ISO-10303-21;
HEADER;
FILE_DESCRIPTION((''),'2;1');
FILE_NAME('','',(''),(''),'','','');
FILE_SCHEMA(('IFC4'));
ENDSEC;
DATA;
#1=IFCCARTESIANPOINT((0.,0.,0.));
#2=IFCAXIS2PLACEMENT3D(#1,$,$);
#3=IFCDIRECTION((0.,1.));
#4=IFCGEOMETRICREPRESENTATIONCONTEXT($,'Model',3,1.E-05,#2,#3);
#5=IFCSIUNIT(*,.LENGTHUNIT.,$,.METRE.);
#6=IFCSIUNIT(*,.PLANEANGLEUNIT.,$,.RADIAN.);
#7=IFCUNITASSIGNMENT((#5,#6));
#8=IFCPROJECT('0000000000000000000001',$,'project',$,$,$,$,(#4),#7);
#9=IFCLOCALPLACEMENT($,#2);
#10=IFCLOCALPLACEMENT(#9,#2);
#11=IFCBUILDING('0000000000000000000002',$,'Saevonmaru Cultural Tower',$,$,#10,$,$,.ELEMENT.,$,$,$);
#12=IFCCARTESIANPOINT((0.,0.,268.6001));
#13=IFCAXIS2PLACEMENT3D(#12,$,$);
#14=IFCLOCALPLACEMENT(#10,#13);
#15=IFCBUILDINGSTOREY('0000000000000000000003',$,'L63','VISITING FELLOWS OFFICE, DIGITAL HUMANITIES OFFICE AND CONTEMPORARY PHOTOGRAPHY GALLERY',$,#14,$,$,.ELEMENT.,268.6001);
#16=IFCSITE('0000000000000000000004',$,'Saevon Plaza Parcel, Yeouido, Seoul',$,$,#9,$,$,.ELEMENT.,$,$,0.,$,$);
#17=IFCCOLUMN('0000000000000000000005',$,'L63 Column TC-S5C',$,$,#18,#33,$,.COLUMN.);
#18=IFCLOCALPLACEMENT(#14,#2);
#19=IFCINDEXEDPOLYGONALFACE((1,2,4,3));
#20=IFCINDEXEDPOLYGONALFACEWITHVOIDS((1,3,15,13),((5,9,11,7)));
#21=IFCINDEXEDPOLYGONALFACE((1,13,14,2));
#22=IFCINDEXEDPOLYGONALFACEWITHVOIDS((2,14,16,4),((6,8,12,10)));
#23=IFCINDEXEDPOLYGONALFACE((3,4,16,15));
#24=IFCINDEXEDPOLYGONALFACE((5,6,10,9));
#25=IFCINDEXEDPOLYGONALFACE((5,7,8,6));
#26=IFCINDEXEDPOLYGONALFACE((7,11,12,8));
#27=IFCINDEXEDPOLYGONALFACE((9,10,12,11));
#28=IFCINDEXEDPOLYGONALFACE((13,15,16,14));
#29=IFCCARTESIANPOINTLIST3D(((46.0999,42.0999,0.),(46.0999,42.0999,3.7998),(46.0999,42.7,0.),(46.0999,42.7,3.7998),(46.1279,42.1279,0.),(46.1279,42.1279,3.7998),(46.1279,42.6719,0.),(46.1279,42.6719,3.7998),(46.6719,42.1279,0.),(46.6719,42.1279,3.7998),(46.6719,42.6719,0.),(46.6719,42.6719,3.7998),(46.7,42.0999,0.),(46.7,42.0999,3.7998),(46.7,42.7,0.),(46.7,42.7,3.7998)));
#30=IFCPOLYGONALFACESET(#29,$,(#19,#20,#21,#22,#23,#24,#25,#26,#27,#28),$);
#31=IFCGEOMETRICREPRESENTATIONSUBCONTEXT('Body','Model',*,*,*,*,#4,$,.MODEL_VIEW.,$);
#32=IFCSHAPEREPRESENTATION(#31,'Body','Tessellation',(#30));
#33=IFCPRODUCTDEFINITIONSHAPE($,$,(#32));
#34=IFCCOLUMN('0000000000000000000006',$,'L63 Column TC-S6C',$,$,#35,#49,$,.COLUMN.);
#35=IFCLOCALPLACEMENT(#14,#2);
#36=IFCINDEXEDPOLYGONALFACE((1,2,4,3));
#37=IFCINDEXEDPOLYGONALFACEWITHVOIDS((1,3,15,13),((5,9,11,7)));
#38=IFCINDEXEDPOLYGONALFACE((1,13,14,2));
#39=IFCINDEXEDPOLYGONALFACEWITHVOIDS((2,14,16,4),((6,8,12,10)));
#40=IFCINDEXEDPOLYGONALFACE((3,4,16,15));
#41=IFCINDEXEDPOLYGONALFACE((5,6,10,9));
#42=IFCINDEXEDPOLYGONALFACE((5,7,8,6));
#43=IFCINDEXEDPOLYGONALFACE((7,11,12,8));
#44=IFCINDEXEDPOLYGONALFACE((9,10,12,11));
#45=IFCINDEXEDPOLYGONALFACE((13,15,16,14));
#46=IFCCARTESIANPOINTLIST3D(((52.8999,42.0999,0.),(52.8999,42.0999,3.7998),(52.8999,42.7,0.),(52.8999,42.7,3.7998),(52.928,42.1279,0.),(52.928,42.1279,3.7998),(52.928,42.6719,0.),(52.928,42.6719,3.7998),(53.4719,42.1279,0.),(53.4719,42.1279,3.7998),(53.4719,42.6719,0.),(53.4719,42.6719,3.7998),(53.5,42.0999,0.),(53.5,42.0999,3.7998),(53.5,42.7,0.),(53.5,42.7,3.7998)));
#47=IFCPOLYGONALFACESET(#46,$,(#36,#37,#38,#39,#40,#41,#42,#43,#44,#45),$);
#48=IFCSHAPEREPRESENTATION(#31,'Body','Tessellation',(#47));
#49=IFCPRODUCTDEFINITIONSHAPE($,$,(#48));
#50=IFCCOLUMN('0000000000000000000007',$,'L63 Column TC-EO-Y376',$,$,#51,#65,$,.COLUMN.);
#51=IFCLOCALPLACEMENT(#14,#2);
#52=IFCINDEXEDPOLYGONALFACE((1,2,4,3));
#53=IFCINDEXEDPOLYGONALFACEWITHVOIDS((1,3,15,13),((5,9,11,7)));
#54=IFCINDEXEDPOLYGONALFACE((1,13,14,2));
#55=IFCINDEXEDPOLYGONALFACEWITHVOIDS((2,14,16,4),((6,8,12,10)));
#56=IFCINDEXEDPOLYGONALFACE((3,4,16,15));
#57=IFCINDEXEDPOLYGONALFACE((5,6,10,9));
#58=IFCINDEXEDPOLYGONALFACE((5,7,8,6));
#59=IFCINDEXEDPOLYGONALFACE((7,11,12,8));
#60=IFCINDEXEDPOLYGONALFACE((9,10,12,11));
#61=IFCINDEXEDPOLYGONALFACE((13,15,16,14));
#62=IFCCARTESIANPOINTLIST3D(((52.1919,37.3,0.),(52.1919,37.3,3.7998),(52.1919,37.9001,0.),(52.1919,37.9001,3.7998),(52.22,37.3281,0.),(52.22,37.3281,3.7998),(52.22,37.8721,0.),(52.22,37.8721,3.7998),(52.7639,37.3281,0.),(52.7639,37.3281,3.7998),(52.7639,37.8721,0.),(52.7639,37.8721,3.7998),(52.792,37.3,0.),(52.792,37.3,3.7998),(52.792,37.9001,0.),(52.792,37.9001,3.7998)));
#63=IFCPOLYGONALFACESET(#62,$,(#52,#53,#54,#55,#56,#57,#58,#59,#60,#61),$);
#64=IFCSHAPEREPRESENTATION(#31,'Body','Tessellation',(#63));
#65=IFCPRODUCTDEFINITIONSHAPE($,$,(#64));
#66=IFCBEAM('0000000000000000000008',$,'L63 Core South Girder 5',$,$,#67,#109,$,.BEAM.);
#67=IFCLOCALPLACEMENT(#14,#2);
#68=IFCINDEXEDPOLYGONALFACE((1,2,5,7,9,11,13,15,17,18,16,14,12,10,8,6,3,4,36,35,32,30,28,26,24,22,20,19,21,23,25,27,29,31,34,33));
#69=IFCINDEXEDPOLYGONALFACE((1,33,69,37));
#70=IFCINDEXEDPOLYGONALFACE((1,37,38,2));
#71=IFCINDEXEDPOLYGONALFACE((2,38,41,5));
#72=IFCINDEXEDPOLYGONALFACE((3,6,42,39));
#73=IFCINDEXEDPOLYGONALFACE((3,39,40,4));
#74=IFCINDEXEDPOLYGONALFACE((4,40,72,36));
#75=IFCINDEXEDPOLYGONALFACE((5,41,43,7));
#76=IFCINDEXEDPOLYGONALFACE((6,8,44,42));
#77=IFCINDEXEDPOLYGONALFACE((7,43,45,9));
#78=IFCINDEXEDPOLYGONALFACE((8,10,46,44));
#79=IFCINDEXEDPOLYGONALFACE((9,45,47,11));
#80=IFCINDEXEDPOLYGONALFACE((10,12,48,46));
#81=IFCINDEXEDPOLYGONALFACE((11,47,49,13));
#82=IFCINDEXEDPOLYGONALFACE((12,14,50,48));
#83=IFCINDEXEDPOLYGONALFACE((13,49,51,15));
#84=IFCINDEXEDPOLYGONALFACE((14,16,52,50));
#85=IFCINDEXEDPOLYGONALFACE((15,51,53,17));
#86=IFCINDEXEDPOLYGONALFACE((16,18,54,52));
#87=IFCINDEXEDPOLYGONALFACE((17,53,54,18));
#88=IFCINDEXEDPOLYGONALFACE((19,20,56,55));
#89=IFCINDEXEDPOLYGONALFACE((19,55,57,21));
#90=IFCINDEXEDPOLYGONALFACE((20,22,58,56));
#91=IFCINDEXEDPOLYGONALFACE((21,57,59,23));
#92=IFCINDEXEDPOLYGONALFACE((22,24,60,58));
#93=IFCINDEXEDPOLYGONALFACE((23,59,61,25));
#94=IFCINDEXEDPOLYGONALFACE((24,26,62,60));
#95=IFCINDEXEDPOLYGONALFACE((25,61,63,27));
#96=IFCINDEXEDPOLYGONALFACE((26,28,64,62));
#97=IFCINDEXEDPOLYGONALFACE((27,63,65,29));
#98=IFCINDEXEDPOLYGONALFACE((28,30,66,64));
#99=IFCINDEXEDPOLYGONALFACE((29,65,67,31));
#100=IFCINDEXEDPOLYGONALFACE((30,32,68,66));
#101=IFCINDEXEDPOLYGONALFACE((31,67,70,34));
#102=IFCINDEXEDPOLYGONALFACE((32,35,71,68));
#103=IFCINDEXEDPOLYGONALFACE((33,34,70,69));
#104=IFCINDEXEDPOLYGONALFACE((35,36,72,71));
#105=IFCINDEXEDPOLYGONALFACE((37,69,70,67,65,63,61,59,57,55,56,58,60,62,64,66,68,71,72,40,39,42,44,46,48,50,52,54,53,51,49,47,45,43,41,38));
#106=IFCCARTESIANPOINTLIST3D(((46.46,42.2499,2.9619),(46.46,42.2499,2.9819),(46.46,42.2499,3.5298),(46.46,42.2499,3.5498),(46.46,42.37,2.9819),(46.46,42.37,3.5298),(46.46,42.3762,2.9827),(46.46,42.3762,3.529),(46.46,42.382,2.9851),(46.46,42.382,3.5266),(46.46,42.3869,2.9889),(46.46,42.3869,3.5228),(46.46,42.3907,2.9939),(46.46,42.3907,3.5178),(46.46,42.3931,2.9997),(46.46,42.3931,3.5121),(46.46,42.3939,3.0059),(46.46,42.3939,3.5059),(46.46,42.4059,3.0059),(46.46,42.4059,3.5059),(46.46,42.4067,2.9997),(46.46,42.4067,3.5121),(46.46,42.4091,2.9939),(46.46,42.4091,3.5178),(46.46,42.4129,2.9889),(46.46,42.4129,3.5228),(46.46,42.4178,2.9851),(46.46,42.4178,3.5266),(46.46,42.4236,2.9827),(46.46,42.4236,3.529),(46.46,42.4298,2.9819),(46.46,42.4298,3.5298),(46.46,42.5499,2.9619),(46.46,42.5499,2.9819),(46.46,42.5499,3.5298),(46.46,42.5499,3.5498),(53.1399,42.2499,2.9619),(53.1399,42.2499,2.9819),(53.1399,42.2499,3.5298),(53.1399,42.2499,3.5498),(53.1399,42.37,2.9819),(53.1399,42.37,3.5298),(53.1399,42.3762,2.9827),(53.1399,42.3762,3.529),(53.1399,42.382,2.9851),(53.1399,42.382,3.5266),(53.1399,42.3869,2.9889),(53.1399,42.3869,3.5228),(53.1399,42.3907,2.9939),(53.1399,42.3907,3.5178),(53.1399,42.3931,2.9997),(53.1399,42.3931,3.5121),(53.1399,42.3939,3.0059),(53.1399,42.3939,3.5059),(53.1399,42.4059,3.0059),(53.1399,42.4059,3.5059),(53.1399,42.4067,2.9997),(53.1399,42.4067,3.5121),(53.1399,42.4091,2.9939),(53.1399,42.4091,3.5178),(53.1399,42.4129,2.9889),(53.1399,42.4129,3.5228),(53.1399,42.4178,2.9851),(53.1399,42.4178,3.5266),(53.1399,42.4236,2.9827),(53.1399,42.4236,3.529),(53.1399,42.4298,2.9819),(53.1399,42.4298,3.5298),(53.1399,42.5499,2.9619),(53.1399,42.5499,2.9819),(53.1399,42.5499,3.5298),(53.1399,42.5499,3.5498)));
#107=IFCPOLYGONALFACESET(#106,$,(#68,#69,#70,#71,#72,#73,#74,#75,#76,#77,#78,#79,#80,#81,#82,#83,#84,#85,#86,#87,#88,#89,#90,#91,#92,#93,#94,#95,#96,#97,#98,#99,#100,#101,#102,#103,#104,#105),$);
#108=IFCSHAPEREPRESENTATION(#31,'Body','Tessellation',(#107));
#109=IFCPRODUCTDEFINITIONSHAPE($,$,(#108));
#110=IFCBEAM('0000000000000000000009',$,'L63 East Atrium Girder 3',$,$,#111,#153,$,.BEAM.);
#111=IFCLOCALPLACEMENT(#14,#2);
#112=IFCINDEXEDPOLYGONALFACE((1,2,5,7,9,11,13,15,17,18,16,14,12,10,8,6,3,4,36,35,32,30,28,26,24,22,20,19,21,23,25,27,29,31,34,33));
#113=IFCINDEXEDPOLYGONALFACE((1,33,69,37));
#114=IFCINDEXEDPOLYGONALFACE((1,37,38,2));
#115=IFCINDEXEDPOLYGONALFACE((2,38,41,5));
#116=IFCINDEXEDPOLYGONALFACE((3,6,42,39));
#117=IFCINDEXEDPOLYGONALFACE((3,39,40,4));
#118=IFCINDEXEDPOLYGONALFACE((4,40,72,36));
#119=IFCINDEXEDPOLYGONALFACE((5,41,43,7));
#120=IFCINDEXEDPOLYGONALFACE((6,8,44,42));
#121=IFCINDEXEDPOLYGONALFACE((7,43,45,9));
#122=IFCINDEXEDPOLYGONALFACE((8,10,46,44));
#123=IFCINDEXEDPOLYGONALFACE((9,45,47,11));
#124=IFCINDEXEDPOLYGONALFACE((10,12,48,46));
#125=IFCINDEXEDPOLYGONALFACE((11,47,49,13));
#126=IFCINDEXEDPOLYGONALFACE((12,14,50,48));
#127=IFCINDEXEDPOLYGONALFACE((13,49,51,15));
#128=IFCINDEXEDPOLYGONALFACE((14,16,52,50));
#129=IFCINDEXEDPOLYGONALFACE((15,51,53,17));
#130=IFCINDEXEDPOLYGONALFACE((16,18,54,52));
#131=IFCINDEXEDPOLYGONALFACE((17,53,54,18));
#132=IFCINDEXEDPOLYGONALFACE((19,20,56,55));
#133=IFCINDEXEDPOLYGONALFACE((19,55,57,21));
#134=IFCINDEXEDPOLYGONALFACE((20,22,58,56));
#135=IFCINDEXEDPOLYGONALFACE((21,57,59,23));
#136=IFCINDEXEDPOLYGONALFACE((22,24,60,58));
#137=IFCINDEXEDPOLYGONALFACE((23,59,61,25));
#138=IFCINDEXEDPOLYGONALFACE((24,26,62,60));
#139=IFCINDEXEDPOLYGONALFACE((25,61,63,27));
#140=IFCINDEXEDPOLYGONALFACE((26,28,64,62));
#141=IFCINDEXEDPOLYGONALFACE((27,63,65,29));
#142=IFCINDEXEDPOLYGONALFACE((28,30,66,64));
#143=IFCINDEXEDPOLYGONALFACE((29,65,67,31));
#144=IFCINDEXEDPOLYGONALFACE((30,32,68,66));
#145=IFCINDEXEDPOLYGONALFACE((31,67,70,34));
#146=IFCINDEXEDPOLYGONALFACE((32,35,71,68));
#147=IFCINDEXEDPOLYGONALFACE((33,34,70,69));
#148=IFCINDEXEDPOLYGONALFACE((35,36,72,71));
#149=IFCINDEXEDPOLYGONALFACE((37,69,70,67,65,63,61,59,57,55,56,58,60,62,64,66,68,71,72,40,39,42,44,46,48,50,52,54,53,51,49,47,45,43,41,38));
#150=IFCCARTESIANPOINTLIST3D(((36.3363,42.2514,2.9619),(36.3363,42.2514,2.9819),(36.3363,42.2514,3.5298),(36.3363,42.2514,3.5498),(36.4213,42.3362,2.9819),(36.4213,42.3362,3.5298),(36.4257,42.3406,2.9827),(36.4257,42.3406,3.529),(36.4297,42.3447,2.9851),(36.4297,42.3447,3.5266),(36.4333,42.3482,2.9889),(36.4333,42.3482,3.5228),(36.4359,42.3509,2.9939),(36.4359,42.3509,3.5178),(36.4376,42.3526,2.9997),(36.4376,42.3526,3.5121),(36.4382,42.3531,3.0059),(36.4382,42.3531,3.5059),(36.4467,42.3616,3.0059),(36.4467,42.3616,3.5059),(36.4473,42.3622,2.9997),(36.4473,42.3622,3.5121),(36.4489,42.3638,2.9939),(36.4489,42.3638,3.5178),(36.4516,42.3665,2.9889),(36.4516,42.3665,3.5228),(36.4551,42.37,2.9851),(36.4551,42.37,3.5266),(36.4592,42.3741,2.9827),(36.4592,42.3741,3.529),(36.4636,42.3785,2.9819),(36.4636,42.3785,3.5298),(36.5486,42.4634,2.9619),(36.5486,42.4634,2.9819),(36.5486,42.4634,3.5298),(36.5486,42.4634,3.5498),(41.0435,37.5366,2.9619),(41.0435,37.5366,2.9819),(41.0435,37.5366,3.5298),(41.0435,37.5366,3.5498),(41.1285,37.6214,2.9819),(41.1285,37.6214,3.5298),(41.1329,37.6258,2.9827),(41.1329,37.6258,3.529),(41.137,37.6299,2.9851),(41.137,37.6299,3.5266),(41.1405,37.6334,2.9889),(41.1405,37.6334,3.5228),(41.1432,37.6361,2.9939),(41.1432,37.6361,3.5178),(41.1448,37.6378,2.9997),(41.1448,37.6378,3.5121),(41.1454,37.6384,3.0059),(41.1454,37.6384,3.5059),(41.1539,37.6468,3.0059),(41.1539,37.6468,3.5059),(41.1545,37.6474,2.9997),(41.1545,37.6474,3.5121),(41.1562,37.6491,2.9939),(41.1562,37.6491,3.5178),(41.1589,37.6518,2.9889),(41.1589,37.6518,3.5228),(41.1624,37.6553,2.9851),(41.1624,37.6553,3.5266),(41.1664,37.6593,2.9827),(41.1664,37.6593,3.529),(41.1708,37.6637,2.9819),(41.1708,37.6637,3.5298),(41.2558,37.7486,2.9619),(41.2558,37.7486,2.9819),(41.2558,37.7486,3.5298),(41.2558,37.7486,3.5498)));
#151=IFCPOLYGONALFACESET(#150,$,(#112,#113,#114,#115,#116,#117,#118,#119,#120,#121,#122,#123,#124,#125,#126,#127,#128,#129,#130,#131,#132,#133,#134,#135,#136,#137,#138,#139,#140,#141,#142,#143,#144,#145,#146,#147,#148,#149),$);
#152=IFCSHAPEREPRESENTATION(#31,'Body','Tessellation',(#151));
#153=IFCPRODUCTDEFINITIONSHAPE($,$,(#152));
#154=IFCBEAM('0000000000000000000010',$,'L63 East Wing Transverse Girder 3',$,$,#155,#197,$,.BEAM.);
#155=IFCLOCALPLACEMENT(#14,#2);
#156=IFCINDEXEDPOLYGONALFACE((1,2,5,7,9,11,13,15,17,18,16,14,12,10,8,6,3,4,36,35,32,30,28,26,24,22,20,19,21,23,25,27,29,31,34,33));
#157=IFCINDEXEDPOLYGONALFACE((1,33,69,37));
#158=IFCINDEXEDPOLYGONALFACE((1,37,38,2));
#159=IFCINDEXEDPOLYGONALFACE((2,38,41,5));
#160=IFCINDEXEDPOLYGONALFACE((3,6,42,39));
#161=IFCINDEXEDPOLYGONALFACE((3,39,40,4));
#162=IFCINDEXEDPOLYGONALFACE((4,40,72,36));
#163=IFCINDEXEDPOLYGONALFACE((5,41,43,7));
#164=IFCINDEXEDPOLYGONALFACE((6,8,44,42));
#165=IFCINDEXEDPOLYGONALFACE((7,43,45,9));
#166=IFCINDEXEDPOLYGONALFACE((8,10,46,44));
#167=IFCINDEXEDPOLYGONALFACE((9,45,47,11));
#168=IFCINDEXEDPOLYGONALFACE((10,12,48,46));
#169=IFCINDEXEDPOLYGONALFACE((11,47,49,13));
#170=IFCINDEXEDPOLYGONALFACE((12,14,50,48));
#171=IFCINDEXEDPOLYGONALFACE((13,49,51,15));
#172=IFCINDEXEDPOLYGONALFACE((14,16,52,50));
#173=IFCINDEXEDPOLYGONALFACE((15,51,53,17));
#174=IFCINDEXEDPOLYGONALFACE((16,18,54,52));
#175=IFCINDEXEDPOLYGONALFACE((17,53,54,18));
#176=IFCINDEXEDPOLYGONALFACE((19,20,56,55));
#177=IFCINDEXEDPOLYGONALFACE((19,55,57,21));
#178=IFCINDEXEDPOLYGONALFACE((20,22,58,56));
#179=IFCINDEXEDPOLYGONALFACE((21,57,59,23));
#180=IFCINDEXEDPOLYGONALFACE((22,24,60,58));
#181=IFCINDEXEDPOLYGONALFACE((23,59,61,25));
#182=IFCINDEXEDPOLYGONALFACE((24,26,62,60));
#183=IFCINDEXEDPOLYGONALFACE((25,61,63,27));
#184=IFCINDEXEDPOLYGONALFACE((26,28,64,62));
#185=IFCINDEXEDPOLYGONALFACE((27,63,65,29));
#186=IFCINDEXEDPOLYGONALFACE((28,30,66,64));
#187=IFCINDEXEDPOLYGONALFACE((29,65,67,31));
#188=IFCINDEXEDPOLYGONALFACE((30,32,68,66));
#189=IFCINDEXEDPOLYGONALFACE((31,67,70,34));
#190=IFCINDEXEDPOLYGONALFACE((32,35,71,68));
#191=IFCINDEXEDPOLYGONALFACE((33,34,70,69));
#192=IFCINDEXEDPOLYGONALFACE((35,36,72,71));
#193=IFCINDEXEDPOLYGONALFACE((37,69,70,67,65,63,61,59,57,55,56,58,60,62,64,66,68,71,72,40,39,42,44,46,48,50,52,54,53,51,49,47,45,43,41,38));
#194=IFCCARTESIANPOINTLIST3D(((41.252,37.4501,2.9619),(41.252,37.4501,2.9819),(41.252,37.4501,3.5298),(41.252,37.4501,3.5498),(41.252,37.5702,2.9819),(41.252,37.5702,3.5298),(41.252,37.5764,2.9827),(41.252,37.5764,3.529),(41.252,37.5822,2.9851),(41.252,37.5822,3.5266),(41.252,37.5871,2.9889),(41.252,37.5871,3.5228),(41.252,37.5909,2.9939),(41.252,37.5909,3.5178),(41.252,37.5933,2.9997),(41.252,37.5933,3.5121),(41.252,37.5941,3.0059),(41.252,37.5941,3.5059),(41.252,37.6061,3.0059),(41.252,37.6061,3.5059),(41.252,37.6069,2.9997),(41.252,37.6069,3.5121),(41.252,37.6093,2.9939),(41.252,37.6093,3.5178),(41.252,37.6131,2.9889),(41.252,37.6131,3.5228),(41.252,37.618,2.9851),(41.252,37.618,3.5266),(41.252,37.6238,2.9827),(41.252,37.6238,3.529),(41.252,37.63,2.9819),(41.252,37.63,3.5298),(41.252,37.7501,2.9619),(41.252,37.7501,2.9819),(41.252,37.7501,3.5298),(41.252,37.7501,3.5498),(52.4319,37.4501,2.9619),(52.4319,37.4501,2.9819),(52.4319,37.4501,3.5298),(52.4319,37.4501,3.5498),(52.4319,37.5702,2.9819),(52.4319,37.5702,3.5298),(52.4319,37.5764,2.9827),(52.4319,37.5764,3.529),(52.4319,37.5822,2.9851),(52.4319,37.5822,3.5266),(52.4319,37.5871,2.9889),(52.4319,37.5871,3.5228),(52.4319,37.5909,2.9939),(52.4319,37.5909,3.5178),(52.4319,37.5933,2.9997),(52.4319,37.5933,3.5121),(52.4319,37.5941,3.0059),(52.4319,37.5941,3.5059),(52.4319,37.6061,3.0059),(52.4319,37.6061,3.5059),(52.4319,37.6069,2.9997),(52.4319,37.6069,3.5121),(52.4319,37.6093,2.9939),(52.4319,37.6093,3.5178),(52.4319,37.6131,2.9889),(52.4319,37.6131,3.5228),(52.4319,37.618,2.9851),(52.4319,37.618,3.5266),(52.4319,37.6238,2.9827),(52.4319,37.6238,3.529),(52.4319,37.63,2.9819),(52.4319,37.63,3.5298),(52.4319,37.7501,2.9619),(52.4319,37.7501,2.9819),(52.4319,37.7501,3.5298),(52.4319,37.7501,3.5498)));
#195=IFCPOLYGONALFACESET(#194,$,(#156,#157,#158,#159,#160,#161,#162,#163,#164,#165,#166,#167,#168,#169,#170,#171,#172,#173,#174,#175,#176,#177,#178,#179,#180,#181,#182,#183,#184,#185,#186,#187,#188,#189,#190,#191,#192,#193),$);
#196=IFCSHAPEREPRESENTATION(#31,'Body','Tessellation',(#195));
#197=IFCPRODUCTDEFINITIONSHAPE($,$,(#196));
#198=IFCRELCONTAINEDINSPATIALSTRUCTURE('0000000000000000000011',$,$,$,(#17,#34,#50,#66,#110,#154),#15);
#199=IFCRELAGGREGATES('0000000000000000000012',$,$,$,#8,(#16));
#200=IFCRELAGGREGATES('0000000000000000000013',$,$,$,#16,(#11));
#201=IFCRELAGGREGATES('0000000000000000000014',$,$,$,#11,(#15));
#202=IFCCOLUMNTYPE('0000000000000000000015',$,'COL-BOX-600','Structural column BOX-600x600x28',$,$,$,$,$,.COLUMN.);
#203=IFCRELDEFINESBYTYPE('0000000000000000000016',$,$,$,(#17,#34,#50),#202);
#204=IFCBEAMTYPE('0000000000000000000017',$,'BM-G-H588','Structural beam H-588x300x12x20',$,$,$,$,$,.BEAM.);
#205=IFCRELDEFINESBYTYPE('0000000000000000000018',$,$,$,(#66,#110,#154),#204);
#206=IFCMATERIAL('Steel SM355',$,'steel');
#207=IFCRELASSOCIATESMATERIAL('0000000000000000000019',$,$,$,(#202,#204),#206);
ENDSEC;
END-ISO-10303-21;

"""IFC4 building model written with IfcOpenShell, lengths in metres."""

from ifc_helpers import new_model, si_unit, direction, frame, origin, origin_2d, place, context, subcontext, project, spatial, hollow_rectangle, i_section, extrude, material, material_profile, profile_set, type_object, element, save


model = new_model("IFC4")

# Units and contexts
model_context = context("Model", 3, precision=1e-05, world=origin(), true_north=direction((0.0, 1.0)))
body_context = subcontext(model_context, "Body", "Model", "MODEL_VIEW")
ifc_project = project(units=[si_unit("LENGTHUNIT", "METRE"), si_unit("PLANEANGLEUNIT", "RADIAN")], contexts=[model_context])

# Site, building, storey
site_placement = place(None, origin())
site = spatial("IfcSite", under=ifc_project, at=site_placement, Name="Saevon Plaza Parcel, Yeouido, Seoul", CompositionType="ELEMENT", RefElevation=0.0)
building_placement = place(site_placement, origin())
building = spatial("IfcBuilding", under=site, at=building_placement, Name="Saevonmaru Cultural Tower", CompositionType="ELEMENT")
storey_placement = place(building_placement, frame((0.0, 0.0, 268.6001)))
storey = spatial("IfcBuildingStorey", under=building, at=storey_placement, Name="L63", Description="VISITING FELLOWS OFFICE, DIGITAL HUMANITIES OFFICE AND CONTEMPORARY PHOTOGRAPHY GALLERY", CompositionType="ELEMENT", Elevation=268.6001)

# Columns
ifc_material_1 = material(Name="Steel SM355", Category="steel")
ifc_material_profile_1 = material_profile(ifc_material_1, hollow_rectangle(XDim=0.6001, YDim=0.6001, WallThickness=0.0281, at=origin_2d()), Name="BOX-600x600x28")
ifc_profile_set_1 = profile_set([ifc_material_profile_1], Name="Steel SM355")
column_type = type_object("IfcColumnType", Name="COL-BOX-600", Description="Structural column BOX-600x600x28", PredefinedType="COLUMN", material=ifc_profile_set_1)
for number, where, z_axis, x_axis, name in (
    (1, (46.3999, 42.3999, 0.0), (0.0, 0.0, 1.0), (1.0, 0.0, 0.0), "L63 Column TC-S5C"),
    (2, (53.2, 42.3999, 0.0), (0.0, 0.0, 1.0), (1.0, 0.0, 0.0), "L63 Column TC-S6C"),
    (3, (52.4919, 37.6001, 0.0), (0.0, 0.0, 1.0), (1.0, 0.0, 0.0), "L63 Column TC-EO-Y376"),
):
    element("IfcColumn", number, at=place(storey_placement, frame(where, z_axis=z_axis, x_axis=x_axis)), inside=storey, type_object=column_type, Name=name, PredefinedType="COLUMN", context=body_context, shape_type="SweptSolid", body=[
        extrude(hollow_rectangle(XDim=0.6001, YDim=0.6001, WallThickness=0.0281, at=origin_2d()), origin(), (0.0, 0.0, 1.0), 3.7998),
    ])

# Beams
ifc_material_profile_2 = material_profile(ifc_material_1, i_section(OverallWidth=0.3, OverallDepth=0.5879, WebThickness=0.012, FlangeThickness=0.02, FilletRadius=0.0239, at=origin_2d()), Name="H-588x300x12x20")
ifc_profile_set_2 = profile_set([ifc_material_profile_2], Name="Steel SM355")
beam_type_1 = type_object("IfcBeamType", Name="BM-G-H588", Description="Structural beam H-588x300x12x20", PredefinedType="BEAM", material=ifc_profile_set_2)
beam_1_placement = place(storey_placement, frame((46.46, 42.3999, 3.2559), z_axis=(1.0, 0.0, 0.0), x_axis=(0.0, 1.0, 0.0)))
element("IfcBeam", 4, at=beam_1_placement, inside=storey, type_object=beam_type_1, Name="L63 Core South Girder 5", PredefinedType="BEAM", context=body_context, shape_type="SweptSolid", body=[
    extrude(i_section(OverallWidth=0.3, OverallDepth=0.5879, WebThickness=0.012, FlangeThickness=0.02, FilletRadius=0.0239, at=origin_2d()), origin(), (0.0, 0.0, 1.0), 6.6799),
])
beam_2_placement = place(storey_placement, frame((41.1497, 37.6426, 3.2559), z_axis=(-0.706539, 0.707675, 0.0), x_axis=(-0.707675, -0.706539, 0.0)))
element("IfcBeam", 5, at=beam_2_placement, inside=storey, type_object=beam_type_1, Name="L63 East Atrium Girder 3", PredefinedType="BEAM", context=body_context, shape_type="SweptSolid", body=[
    extrude(i_section(OverallWidth=0.3, OverallDepth=0.5879, WebThickness=0.012, FlangeThickness=0.02, FilletRadius=0.0239, at=origin_2d()), origin(), (0.0, 0.0, 1.0), 6.6624),
])
beam_3_placement = place(storey_placement, frame((41.252, 37.6001, 3.2559), z_axis=(1.0, 0.0, 0.0), x_axis=(0.0, 1.0, 0.0)))
element("IfcBeam", 6, at=beam_3_placement, inside=storey, type_object=beam_type_1, Name="L63 East Wing Transverse Girder 3", PredefinedType="BEAM", context=body_context, shape_type="SweptSolid", body=[
    extrude(i_section(OverallWidth=0.3, OverallDepth=0.5879, WebThickness=0.012, FlangeThickness=0.02, FilletRadius=0.0239, at=origin_2d()), origin(), (0.0, 0.0, 1.0), 11.1799),
])

save(model, "model.ifc")
